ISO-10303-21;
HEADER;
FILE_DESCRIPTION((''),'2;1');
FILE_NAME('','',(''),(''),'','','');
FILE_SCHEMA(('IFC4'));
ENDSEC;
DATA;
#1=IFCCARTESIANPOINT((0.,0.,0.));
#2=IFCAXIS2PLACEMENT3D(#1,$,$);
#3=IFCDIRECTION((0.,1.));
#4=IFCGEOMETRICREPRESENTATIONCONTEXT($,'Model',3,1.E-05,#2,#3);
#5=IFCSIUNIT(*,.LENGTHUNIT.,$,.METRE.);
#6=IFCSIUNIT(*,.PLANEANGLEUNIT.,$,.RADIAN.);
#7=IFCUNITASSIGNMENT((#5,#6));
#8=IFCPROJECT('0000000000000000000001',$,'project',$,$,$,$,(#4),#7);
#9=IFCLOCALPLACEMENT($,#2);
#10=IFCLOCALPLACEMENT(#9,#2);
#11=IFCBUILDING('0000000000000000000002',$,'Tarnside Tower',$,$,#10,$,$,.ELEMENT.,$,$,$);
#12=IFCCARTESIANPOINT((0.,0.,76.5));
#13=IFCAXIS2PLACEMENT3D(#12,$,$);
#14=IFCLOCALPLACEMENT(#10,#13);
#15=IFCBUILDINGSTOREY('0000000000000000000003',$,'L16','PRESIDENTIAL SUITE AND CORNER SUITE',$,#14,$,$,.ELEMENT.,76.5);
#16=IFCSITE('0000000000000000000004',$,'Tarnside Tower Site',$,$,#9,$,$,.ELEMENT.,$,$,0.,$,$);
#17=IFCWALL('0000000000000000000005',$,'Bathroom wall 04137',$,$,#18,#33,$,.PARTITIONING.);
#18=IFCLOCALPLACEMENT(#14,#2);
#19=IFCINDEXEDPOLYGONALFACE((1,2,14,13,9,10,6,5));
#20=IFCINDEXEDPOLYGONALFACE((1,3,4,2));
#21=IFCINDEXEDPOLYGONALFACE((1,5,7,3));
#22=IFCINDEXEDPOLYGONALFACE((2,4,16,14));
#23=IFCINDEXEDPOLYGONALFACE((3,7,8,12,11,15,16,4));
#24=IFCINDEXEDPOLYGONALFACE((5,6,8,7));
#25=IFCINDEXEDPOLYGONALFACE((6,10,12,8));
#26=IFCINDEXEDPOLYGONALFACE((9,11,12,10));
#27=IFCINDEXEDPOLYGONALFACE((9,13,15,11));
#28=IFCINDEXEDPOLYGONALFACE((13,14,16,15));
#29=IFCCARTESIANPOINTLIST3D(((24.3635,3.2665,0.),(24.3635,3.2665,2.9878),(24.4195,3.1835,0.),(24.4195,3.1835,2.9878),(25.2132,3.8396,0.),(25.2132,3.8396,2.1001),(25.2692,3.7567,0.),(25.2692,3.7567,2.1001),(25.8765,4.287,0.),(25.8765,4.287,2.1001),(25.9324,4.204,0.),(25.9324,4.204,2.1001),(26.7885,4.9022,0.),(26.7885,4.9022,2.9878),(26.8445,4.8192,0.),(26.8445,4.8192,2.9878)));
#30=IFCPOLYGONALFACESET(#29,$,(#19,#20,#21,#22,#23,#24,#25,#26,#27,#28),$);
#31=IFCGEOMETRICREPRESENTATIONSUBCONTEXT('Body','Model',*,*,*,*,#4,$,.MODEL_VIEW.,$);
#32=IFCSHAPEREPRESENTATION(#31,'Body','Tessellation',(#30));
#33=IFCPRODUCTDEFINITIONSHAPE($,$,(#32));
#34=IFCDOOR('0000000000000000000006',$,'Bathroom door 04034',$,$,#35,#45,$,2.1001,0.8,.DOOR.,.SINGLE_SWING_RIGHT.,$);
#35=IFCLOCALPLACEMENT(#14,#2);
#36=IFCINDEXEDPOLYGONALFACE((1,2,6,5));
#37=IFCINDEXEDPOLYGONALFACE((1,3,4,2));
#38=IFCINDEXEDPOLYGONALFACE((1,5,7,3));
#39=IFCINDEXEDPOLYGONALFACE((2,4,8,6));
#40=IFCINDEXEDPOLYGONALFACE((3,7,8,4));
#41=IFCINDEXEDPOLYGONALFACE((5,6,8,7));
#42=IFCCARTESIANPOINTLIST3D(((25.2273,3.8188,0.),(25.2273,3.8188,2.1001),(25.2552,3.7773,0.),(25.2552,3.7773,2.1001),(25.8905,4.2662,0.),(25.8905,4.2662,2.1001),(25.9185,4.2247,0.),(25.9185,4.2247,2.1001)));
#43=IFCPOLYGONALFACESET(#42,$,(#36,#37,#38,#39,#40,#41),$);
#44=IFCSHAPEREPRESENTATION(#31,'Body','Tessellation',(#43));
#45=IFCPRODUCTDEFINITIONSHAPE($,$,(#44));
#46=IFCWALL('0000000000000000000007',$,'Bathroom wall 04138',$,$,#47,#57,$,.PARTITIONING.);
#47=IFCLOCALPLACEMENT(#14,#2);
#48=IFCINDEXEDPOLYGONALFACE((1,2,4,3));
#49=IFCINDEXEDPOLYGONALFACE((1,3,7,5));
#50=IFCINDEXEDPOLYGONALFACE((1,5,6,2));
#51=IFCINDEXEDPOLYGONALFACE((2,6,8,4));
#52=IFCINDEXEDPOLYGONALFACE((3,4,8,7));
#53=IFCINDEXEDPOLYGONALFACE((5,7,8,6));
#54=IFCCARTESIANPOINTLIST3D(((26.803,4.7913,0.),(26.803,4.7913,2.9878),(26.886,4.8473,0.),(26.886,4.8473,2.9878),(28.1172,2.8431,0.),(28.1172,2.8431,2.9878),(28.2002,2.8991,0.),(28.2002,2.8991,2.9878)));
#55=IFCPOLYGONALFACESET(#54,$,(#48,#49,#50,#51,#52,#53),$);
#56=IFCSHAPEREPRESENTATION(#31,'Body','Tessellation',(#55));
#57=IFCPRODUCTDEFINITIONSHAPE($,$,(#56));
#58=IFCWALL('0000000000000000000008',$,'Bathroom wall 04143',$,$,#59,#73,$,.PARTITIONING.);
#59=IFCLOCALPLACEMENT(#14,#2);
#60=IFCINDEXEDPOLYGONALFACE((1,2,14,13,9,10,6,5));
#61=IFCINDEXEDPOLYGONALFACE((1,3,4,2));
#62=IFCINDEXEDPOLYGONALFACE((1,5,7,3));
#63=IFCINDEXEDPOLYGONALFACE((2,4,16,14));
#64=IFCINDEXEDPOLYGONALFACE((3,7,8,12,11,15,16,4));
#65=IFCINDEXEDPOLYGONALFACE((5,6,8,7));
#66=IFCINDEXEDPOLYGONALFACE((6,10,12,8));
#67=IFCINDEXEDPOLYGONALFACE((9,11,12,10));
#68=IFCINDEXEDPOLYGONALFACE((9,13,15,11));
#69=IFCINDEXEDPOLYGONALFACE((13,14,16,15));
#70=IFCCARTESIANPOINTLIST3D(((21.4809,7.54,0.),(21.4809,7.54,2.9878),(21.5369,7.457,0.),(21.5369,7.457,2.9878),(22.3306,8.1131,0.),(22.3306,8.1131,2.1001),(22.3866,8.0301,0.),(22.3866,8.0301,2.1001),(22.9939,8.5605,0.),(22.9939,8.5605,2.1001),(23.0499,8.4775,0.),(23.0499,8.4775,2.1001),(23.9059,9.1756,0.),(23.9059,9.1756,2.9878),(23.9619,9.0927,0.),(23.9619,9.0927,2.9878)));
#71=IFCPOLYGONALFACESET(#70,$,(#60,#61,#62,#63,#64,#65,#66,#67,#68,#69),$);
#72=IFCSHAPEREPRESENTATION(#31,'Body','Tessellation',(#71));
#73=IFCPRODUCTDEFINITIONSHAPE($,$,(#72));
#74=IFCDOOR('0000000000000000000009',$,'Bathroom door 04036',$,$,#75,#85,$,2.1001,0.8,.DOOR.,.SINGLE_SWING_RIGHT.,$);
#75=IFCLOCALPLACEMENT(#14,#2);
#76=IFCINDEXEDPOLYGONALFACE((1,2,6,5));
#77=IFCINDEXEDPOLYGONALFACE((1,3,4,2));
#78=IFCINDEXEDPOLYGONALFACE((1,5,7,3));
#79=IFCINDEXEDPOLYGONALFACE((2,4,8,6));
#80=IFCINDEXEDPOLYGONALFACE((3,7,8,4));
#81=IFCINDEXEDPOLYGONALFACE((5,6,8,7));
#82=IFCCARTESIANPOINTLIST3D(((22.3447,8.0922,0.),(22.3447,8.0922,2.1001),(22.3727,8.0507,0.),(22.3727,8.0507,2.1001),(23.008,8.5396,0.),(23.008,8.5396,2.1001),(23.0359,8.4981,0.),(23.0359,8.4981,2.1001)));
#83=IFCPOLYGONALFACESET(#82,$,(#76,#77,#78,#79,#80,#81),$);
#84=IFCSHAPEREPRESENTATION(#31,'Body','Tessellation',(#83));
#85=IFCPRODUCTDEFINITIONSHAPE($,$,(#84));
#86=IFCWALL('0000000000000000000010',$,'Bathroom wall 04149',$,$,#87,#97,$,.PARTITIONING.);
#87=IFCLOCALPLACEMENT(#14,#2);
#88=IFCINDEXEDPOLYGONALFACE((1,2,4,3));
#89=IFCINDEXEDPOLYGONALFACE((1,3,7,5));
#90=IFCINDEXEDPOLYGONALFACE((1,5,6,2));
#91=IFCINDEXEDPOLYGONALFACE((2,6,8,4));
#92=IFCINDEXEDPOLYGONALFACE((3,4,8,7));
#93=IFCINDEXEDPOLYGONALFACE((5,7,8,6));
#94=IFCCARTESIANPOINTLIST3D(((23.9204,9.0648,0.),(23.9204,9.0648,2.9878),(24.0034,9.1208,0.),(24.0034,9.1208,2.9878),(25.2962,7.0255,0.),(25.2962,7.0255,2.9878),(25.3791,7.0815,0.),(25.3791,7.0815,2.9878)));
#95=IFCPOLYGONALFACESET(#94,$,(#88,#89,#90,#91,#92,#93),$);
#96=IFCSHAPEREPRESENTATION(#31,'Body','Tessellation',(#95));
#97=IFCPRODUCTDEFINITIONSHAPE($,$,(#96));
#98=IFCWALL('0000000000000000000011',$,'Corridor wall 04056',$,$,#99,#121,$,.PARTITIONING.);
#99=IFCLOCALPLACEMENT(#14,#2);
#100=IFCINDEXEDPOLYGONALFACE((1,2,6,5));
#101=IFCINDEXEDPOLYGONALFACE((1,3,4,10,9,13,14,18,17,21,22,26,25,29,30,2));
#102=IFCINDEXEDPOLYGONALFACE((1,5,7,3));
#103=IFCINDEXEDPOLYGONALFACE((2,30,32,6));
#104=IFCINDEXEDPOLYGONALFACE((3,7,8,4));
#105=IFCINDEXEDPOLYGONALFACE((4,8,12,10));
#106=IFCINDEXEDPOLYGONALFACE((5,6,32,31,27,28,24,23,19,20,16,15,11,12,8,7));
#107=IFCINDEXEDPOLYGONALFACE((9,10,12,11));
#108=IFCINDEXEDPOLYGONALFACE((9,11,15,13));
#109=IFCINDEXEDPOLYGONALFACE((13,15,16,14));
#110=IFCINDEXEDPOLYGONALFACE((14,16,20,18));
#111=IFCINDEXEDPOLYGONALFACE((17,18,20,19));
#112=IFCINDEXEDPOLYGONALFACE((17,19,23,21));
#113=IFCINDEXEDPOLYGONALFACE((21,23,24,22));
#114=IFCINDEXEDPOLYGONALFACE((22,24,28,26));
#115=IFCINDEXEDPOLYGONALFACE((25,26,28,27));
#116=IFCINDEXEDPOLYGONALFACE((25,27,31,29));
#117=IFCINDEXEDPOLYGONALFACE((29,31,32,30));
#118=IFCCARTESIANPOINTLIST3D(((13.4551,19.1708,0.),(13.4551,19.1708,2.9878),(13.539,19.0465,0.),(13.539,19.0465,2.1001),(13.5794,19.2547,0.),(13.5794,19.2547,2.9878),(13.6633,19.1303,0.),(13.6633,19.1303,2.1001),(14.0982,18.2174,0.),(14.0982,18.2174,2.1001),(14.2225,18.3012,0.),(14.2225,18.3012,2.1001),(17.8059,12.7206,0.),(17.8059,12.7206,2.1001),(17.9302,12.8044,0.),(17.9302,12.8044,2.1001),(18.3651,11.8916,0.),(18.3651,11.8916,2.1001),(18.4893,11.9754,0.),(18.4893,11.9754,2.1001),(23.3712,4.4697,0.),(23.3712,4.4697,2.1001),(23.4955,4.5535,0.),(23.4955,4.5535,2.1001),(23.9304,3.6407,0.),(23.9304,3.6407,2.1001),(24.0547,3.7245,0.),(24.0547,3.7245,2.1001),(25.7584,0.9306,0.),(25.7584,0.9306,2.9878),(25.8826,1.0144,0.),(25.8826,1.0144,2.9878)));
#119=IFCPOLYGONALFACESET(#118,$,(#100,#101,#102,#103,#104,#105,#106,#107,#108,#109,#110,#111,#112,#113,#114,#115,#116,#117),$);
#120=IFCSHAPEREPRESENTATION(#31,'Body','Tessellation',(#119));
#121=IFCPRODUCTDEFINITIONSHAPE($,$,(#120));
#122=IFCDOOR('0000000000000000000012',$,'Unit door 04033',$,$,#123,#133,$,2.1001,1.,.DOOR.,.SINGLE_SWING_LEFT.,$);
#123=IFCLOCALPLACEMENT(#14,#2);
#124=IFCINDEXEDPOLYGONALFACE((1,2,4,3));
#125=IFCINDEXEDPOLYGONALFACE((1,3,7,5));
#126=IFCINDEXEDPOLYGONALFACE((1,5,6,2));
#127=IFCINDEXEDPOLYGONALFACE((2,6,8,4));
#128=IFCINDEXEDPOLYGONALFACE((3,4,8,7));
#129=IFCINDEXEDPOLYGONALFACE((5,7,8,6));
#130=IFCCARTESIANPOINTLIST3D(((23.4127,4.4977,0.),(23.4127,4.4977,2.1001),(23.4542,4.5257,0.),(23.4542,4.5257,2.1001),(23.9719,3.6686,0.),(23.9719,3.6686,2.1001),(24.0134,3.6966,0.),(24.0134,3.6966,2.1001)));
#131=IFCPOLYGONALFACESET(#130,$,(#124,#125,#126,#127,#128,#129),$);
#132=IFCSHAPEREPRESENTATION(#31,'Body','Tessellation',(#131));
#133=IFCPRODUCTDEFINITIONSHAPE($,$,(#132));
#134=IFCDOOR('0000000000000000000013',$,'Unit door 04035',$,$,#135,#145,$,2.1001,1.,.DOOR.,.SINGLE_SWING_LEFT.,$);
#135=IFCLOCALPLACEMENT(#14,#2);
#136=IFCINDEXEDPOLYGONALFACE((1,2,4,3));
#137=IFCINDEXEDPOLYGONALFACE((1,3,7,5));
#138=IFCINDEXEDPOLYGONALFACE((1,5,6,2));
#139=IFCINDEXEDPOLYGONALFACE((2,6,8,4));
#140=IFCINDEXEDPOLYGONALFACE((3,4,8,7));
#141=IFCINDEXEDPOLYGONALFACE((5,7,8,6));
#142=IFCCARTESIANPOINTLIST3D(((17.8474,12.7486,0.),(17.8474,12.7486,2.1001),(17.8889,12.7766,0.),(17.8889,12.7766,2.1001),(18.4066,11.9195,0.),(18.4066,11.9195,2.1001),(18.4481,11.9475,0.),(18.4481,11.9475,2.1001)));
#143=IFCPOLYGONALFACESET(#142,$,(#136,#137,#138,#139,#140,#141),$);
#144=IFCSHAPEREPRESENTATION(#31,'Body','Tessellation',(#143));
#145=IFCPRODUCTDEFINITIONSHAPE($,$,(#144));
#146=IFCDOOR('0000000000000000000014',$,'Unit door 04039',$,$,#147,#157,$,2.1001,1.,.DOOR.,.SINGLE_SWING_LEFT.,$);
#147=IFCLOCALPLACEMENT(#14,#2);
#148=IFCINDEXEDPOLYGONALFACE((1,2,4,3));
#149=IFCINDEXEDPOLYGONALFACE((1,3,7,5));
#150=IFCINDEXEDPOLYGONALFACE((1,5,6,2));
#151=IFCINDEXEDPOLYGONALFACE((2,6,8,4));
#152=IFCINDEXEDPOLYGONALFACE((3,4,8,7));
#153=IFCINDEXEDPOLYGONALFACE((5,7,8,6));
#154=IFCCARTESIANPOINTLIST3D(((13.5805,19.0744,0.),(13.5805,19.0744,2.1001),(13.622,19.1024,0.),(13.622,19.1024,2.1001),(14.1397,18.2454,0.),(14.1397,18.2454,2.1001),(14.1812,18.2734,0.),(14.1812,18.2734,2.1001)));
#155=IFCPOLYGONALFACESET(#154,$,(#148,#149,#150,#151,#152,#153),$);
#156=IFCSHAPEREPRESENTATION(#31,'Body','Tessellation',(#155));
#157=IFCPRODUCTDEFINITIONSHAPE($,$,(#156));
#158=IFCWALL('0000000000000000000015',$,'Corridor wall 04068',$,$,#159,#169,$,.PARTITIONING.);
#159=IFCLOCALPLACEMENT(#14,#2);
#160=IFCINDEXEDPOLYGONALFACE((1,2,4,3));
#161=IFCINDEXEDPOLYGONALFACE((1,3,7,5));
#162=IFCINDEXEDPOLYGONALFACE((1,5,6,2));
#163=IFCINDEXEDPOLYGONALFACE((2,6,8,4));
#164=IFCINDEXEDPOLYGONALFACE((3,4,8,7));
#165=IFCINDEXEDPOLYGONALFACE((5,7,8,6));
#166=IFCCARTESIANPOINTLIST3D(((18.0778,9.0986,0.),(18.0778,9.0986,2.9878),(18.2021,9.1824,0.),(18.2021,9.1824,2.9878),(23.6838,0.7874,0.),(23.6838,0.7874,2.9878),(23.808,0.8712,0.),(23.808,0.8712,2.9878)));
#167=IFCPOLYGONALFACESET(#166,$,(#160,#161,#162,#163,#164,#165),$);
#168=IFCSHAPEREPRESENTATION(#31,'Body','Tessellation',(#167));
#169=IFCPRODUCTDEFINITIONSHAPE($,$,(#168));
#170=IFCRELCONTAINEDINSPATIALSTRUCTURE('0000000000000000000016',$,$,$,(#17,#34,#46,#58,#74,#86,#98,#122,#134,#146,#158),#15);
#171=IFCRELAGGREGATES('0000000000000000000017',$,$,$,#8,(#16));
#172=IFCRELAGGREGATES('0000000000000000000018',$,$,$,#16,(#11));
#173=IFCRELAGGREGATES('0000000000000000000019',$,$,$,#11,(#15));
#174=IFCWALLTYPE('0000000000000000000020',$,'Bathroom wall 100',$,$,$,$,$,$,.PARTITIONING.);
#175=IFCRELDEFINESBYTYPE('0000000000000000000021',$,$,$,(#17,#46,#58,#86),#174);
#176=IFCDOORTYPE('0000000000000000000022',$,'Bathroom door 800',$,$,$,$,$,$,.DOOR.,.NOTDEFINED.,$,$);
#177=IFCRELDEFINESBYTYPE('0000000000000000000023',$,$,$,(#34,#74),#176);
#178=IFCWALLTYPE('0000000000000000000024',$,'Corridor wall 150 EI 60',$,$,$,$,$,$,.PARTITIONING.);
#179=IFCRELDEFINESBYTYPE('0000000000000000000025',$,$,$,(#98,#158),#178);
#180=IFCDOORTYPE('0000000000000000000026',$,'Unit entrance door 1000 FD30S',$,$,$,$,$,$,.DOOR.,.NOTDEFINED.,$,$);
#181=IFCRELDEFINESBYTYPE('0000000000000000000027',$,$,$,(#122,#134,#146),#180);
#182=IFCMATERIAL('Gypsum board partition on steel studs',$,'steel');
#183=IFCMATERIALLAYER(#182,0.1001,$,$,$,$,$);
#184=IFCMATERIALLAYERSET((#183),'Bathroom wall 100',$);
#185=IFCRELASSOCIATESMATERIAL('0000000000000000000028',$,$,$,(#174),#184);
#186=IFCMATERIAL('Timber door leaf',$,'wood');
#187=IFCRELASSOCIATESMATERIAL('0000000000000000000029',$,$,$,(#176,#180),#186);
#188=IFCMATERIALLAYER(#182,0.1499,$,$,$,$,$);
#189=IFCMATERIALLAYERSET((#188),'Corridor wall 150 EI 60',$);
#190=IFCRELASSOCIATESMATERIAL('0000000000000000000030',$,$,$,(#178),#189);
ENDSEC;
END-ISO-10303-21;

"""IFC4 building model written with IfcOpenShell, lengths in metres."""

from ifc_helpers import new_model, si_unit, direction, frame, frame_2d, origin, place, context, subcontext, project, spatial, rectangle, extrude, material, layer, layer_set, type_object, element, fill, save


model = new_model("IFC4")

# Units and contexts
model_context = context("Model", 3, precision=1e-05, world=origin(), true_north=direction((0.0, 1.0)))
body_context = subcontext(model_context, "Body", "Model", "MODEL_VIEW")
ifc_project = project(units=[si_unit("LENGTHUNIT", "METRE"), si_unit("PLANEANGLEUNIT", "RADIAN")], contexts=[model_context])

# Site, building, storey
site_placement = place(None, origin())
site = spatial("IfcSite", under=ifc_project, at=site_placement, Name="Tarnside Tower Site", CompositionType="ELEMENT", RefElevation=0.0)
building_placement = place(site_placement, origin())
building = spatial("IfcBuilding", under=site, at=building_placement, Name="Tarnside Tower", CompositionType="ELEMENT")
storey_placement = place(building_placement, frame((0.0, 0.0, 76.5)))
storey = spatial("IfcBuildingStorey", under=building, at=storey_placement, Name="L16", Description="PRESIDENTIAL SUITE AND CORNER SUITE", CompositionType="ELEMENT", Elevation=76.5)

# Wall, opening, door
ifc_material_1 = material(Name="Gypsum board partition on steel studs", Category="steel")
ifc_layer_1 = layer(ifc_material_1, 0.1001)
ifc_layer_set_1 = layer_set([ifc_layer_1], Name="Bathroom wall 100")
wall_type_1 = type_object("IfcWallType", Name="Bathroom wall 100", PredefinedType="PARTITIONING", material=ifc_layer_set_1)
wall_1_placement = place(storey_placement, frame((24.3916, 3.2251, 0.0), z_axis=(0.0, 0.0, 1.0), x_axis=(0.829033, 0.559199, 0.0)))
wall_1 = element("IfcWall", 1, at=wall_1_placement, inside=storey, type_object=wall_type_1, Name="Bathroom wall 04137", PredefinedType="PARTITIONING", context=body_context, shape_type="SweptSolid", body=[
    extrude(rectangle(XDim=2.925, YDim=0.1001, at=frame_2d((1.4624, 0.0))), origin(), (0.0, 0.0, 1.0), 2.9878),
])
opening_1_placement = place(wall_1_placement, frame((1.0249, 0.0, 0.0)))
opening_1 = element("IfcOpeningElement", 2, at=opening_1_placement, cuts=wall_1, PredefinedType="OPENING", context=body_context, shape_type="SweptSolid", body=[
    extrude(rectangle(XDim=0.8, YDim=2.1001, at=frame_2d((0.3999, 1.05))), frame((0.0, 0.0601, 0.0), z_axis=(0.0, -1.0, 0.0), x_axis=(1.0, 0.0, 0.0)), (0.0, 0.0, 1.0), 0.1201),
])
ifc_material_2 = material(Name="Timber door leaf", Category="wood")
door_type_1 = type_object("IfcDoorType", Name="Bathroom door 800", OperationType="NOTDEFINED", PredefinedType="DOOR", material=ifc_material_2)
door_1_placement = place(opening_1_placement, origin())
door_1 = element("IfcDoor", 3, at=door_1_placement, inside=storey, type_object=door_type_1, Name="Bathroom door 04034", OperationType="SINGLE_SWING_RIGHT", OverallHeight=2.1001, OverallWidth=0.8, PredefinedType="DOOR", context=body_context, shape_type="SweptSolid", body=[
    extrude(rectangle(XDim=0.8, YDim=2.1001, at=frame_2d((0.3999, 1.05))), frame((0.0, 0.0249, 0.0), z_axis=(0.0, -1.0, 0.0), x_axis=(1.0, 0.0, 0.0)), (0.0, 0.0, 1.0), 0.05),
])
fill(opening_1, door_1)

# Wall
wall_2_placement = place(storey_placement, frame((26.8445, 4.8193, 0.0), z_axis=(0.0, 0.0, 1.0), x_axis=(0.559223, -0.829017, 0.0)))
element("IfcWall", 4, at=wall_2_placement, inside=storey, type_object=wall_type_1, Name="Bathroom wall 04138", PredefinedType="PARTITIONING", context=body_context, shape_type="SweptSolid", body=[
    extrude(rectangle(XDim=2.3501, YDim=0.1001, at=frame_2d((1.175, 0.0))), origin(), (0.0, 0.0, 1.0), 2.9878),
])

# Wall, opening, door
wall_3_placement = place(storey_placement, frame((21.509, 7.4985, 0.0), z_axis=(0.0, 0.0, 1.0), x_axis=(0.829033, 0.559199, 0.0)))
wall_3 = element("IfcWall", 5, at=wall_3_placement, inside=storey, type_object=wall_type_1, Name="Bathroom wall 04143", PredefinedType="PARTITIONING", context=body_context, shape_type="SweptSolid", body=[
    extrude(rectangle(XDim=2.925, YDim=0.1001, at=frame_2d((1.4624, 0.0))), origin(), (0.0, 0.0, 1.0), 2.9878),
])
opening_2_placement = place(wall_3_placement, frame((1.0249, 0.0, 0.0)))
opening_2 = element("IfcOpeningElement", 6, at=opening_2_placement, cuts=wall_3, PredefinedType="OPENING", context=body_context, shape_type="SweptSolid", body=[
    extrude(rectangle(XDim=0.8, YDim=2.1001, at=frame_2d((0.3999, 1.05))), frame((0.0, 0.0601, 0.0), z_axis=(0.0, -1.0, 0.0), x_axis=(1.0, 0.0, 0.0)), (0.0, 0.0, 1.0), 0.1201),
])
door_2_placement = place(opening_2_placement, origin())
door_2 = element("IfcDoor", 7, at=door_2_placement, inside=storey, type_object=door_type_1, Name="Bathroom door 04036", OperationType="SINGLE_SWING_RIGHT", OverallHeight=2.1001, OverallWidth=0.8, PredefinedType="DOOR", context=body_context, shape_type="SweptSolid", body=[
    extrude(rectangle(XDim=0.8, YDim=2.1001, at=frame_2d((0.3999, 1.05))), frame((0.0, 0.0249, 0.0), z_axis=(0.0, -1.0, 0.0), x_axis=(1.0, 0.0, 0.0)), (0.0, 0.0, 1.0), 0.05),
])
fill(opening_2, door_2)

# Wall
wall_4_placement = place(storey_placement, frame((25.3376, 7.0535, 0.0), z_axis=(0.0, 0.0, 1.0), x_axis=(-0.55925, 0.828999, 0.0)))
element("IfcWall", 8, at=wall_4_placement, inside=storey, type_object=wall_type_1, Name="Bathroom wall 04149", PredefinedType="PARTITIONING", context=body_context, shape_type="SweptSolid", body=[
    extrude(rectangle(XDim=2.46, YDim=0.1001, at=frame_2d((1.23, 0.0))), origin(), (0.0, 0.0, 1.0), 2.9878),
])

# Wall, openings, doors
ifc_layer_2 = layer(ifc_material_1, 0.1499)
ifc_layer_set_2 = layer_set([ifc_layer_2], Name="Corridor wall 150 EI 60")
wall_type_2 = type_object("IfcWallType", Name="Corridor wall 150 EI 60", PredefinedType="PARTITIONING", material=ifc_layer_set_2)
wall_5_placement = place(storey_placement, frame((25.8206, 0.9724, 0.0), z_axis=(0.0, 0.0, 1.0), x_axis=(-0.559194, 0.829037, 0.0)))
wall_5 = element("IfcWall", 9, at=wall_5_placement, inside=storey, type_object=wall_type_2, Name="Corridor wall 04056", PredefinedType="PARTITIONING", context=body_context, shape_type="SweptSolid", body=[
    extrude(rectangle(XDim=22.0017, YDim=0.1499, at=frame_2d((11.001, 0.0))), origin(), (0.0, 0.0, 1.0), 2.9878),
])
opening_3_placement = place(wall_5_placement, frame((3.269, 0.0, 0.0)))
opening_3 = element("IfcOpeningElement", 10, at=opening_3_placement, cuts=wall_5, PredefinedType="OPENING", context=body_context, shape_type="SweptSolid", body=[
    extrude(rectangle(XDim=1.0, YDim=2.1001, at=frame_2d((0.5, 1.05))), frame((0.0, 0.085, 0.0), z_axis=(0.0, -1.0, 0.0), x_axis=(1.0, 0.0, 0.0)), (0.0, 0.0, 1.0), 0.1699),
])
opening_4_placement = place(wall_5_placement, frame((13.2214, 0.0, 0.0)))
opening_4 = element("IfcOpeningElement", 11, at=opening_4_placement, cuts=wall_5, PredefinedType="OPENING", context=body_context, shape_type="SweptSolid", body=[
    extrude(rectangle(XDim=1.0, YDim=2.1001, at=frame_2d((0.5, 1.05))), frame((0.0, 0.085, 0.0), z_axis=(0.0, -1.0, 0.0), x_axis=(1.0, 0.0, 0.0)), (0.0, 0.0, 1.0), 0.1699),
])
opening_5_placement = place(wall_5_placement, frame((20.8518, 0.0, 0.0)))
opening_5 = element("IfcOpeningElement", 12, at=opening_5_placement, cuts=wall_5, PredefinedType="OPENING", context=body_context, shape_type="SweptSolid", body=[
    extrude(rectangle(XDim=1.0, YDim=2.1001, at=frame_2d((0.5, 1.05))), frame((0.0, 0.085, 0.0), z_axis=(0.0, -1.0, 0.0), x_axis=(1.0, 0.0, 0.0)), (0.0, 0.0, 1.0), 0.1699),
])
door_type_2 = type_object("IfcDoorType", Name="Unit entrance door 1000 FD30S", OperationType="NOTDEFINED", PredefinedType="DOOR", material=ifc_material_2)
door_3_placement = place(opening_3_placement, origin())
door_3 = element("IfcDoor", 13, at=door_3_placement, inside=storey, type_object=door_type_2, Name="Unit door 04033", OperationType="SINGLE_SWING_LEFT", OverallHeight=2.1001, OverallWidth=1.0, PredefinedType="DOOR", context=body_context, shape_type="SweptSolid", body=[
    extrude(rectangle(XDim=1.0, YDim=2.1001, at=frame_2d((0.5, 1.05))), frame((0.0, 0.0249, 0.0), z_axis=(0.0, -1.0, 0.0), x_axis=(1.0, 0.0, 0.0)), (0.0, 0.0, 1.0), 0.05),
])
fill(opening_3, door_3)
door_4_placement = place(opening_4_placement, origin())
door_4 = element("IfcDoor", 14, at=door_4_placement, inside=storey, type_object=door_type_2, Name="Unit door 04035", OperationType="SINGLE_SWING_LEFT", OverallHeight=2.1001, OverallWidth=1.0, PredefinedType="DOOR", context=body_context, shape_type="SweptSolid", body=[
    extrude(rectangle(XDim=1.0, YDim=2.1001, at=frame_2d((0.5, 1.05))), frame((0.0, 0.0249, 0.0), z_axis=(0.0, -1.0, 0.0), x_axis=(1.0, 0.0, 0.0)), (0.0, 0.0, 1.0), 0.05),
])
fill(opening_4, door_4)
door_5_placement = place(opening_5_placement, origin())
door_5 = element("IfcDoor", 15, at=door_5_placement, inside=storey, type_object=door_type_2, Name="Unit door 04039", OperationType="SINGLE_SWING_LEFT", OverallHeight=2.1001, OverallWidth=1.0, PredefinedType="DOOR", context=body_context, shape_type="SweptSolid", body=[
    extrude(rectangle(XDim=1.0, YDim=2.1001, at=frame_2d((0.5, 1.05))), frame((0.0, 0.0249, 0.0), z_axis=(0.0, -1.0, 0.0), x_axis=(1.0, 0.0, 0.0)), (0.0, 0.0, 1.0), 0.05),
])
fill(opening_5, door_5)

# Wall
wall_6_placement = place(storey_placement, frame((18.1399, 9.1406, 0.0), z_axis=(0.0, 0.0, 1.0), x_axis=(0.559188, -0.829041, 0.0)))
element("IfcWall", 16, at=wall_6_placement, inside=storey, type_object=wall_type_2, Name="Corridor wall 04068", PredefinedType="PARTITIONING", context=body_context, shape_type="SweptSolid", body=[
    extrude(rectangle(XDim=10.0251, YDim=0.1499, at=frame_2d((5.0127, 0.0))), origin(), (0.0, 0.0, 1.0), 2.9878),
])

save(model, "model.ifc")
